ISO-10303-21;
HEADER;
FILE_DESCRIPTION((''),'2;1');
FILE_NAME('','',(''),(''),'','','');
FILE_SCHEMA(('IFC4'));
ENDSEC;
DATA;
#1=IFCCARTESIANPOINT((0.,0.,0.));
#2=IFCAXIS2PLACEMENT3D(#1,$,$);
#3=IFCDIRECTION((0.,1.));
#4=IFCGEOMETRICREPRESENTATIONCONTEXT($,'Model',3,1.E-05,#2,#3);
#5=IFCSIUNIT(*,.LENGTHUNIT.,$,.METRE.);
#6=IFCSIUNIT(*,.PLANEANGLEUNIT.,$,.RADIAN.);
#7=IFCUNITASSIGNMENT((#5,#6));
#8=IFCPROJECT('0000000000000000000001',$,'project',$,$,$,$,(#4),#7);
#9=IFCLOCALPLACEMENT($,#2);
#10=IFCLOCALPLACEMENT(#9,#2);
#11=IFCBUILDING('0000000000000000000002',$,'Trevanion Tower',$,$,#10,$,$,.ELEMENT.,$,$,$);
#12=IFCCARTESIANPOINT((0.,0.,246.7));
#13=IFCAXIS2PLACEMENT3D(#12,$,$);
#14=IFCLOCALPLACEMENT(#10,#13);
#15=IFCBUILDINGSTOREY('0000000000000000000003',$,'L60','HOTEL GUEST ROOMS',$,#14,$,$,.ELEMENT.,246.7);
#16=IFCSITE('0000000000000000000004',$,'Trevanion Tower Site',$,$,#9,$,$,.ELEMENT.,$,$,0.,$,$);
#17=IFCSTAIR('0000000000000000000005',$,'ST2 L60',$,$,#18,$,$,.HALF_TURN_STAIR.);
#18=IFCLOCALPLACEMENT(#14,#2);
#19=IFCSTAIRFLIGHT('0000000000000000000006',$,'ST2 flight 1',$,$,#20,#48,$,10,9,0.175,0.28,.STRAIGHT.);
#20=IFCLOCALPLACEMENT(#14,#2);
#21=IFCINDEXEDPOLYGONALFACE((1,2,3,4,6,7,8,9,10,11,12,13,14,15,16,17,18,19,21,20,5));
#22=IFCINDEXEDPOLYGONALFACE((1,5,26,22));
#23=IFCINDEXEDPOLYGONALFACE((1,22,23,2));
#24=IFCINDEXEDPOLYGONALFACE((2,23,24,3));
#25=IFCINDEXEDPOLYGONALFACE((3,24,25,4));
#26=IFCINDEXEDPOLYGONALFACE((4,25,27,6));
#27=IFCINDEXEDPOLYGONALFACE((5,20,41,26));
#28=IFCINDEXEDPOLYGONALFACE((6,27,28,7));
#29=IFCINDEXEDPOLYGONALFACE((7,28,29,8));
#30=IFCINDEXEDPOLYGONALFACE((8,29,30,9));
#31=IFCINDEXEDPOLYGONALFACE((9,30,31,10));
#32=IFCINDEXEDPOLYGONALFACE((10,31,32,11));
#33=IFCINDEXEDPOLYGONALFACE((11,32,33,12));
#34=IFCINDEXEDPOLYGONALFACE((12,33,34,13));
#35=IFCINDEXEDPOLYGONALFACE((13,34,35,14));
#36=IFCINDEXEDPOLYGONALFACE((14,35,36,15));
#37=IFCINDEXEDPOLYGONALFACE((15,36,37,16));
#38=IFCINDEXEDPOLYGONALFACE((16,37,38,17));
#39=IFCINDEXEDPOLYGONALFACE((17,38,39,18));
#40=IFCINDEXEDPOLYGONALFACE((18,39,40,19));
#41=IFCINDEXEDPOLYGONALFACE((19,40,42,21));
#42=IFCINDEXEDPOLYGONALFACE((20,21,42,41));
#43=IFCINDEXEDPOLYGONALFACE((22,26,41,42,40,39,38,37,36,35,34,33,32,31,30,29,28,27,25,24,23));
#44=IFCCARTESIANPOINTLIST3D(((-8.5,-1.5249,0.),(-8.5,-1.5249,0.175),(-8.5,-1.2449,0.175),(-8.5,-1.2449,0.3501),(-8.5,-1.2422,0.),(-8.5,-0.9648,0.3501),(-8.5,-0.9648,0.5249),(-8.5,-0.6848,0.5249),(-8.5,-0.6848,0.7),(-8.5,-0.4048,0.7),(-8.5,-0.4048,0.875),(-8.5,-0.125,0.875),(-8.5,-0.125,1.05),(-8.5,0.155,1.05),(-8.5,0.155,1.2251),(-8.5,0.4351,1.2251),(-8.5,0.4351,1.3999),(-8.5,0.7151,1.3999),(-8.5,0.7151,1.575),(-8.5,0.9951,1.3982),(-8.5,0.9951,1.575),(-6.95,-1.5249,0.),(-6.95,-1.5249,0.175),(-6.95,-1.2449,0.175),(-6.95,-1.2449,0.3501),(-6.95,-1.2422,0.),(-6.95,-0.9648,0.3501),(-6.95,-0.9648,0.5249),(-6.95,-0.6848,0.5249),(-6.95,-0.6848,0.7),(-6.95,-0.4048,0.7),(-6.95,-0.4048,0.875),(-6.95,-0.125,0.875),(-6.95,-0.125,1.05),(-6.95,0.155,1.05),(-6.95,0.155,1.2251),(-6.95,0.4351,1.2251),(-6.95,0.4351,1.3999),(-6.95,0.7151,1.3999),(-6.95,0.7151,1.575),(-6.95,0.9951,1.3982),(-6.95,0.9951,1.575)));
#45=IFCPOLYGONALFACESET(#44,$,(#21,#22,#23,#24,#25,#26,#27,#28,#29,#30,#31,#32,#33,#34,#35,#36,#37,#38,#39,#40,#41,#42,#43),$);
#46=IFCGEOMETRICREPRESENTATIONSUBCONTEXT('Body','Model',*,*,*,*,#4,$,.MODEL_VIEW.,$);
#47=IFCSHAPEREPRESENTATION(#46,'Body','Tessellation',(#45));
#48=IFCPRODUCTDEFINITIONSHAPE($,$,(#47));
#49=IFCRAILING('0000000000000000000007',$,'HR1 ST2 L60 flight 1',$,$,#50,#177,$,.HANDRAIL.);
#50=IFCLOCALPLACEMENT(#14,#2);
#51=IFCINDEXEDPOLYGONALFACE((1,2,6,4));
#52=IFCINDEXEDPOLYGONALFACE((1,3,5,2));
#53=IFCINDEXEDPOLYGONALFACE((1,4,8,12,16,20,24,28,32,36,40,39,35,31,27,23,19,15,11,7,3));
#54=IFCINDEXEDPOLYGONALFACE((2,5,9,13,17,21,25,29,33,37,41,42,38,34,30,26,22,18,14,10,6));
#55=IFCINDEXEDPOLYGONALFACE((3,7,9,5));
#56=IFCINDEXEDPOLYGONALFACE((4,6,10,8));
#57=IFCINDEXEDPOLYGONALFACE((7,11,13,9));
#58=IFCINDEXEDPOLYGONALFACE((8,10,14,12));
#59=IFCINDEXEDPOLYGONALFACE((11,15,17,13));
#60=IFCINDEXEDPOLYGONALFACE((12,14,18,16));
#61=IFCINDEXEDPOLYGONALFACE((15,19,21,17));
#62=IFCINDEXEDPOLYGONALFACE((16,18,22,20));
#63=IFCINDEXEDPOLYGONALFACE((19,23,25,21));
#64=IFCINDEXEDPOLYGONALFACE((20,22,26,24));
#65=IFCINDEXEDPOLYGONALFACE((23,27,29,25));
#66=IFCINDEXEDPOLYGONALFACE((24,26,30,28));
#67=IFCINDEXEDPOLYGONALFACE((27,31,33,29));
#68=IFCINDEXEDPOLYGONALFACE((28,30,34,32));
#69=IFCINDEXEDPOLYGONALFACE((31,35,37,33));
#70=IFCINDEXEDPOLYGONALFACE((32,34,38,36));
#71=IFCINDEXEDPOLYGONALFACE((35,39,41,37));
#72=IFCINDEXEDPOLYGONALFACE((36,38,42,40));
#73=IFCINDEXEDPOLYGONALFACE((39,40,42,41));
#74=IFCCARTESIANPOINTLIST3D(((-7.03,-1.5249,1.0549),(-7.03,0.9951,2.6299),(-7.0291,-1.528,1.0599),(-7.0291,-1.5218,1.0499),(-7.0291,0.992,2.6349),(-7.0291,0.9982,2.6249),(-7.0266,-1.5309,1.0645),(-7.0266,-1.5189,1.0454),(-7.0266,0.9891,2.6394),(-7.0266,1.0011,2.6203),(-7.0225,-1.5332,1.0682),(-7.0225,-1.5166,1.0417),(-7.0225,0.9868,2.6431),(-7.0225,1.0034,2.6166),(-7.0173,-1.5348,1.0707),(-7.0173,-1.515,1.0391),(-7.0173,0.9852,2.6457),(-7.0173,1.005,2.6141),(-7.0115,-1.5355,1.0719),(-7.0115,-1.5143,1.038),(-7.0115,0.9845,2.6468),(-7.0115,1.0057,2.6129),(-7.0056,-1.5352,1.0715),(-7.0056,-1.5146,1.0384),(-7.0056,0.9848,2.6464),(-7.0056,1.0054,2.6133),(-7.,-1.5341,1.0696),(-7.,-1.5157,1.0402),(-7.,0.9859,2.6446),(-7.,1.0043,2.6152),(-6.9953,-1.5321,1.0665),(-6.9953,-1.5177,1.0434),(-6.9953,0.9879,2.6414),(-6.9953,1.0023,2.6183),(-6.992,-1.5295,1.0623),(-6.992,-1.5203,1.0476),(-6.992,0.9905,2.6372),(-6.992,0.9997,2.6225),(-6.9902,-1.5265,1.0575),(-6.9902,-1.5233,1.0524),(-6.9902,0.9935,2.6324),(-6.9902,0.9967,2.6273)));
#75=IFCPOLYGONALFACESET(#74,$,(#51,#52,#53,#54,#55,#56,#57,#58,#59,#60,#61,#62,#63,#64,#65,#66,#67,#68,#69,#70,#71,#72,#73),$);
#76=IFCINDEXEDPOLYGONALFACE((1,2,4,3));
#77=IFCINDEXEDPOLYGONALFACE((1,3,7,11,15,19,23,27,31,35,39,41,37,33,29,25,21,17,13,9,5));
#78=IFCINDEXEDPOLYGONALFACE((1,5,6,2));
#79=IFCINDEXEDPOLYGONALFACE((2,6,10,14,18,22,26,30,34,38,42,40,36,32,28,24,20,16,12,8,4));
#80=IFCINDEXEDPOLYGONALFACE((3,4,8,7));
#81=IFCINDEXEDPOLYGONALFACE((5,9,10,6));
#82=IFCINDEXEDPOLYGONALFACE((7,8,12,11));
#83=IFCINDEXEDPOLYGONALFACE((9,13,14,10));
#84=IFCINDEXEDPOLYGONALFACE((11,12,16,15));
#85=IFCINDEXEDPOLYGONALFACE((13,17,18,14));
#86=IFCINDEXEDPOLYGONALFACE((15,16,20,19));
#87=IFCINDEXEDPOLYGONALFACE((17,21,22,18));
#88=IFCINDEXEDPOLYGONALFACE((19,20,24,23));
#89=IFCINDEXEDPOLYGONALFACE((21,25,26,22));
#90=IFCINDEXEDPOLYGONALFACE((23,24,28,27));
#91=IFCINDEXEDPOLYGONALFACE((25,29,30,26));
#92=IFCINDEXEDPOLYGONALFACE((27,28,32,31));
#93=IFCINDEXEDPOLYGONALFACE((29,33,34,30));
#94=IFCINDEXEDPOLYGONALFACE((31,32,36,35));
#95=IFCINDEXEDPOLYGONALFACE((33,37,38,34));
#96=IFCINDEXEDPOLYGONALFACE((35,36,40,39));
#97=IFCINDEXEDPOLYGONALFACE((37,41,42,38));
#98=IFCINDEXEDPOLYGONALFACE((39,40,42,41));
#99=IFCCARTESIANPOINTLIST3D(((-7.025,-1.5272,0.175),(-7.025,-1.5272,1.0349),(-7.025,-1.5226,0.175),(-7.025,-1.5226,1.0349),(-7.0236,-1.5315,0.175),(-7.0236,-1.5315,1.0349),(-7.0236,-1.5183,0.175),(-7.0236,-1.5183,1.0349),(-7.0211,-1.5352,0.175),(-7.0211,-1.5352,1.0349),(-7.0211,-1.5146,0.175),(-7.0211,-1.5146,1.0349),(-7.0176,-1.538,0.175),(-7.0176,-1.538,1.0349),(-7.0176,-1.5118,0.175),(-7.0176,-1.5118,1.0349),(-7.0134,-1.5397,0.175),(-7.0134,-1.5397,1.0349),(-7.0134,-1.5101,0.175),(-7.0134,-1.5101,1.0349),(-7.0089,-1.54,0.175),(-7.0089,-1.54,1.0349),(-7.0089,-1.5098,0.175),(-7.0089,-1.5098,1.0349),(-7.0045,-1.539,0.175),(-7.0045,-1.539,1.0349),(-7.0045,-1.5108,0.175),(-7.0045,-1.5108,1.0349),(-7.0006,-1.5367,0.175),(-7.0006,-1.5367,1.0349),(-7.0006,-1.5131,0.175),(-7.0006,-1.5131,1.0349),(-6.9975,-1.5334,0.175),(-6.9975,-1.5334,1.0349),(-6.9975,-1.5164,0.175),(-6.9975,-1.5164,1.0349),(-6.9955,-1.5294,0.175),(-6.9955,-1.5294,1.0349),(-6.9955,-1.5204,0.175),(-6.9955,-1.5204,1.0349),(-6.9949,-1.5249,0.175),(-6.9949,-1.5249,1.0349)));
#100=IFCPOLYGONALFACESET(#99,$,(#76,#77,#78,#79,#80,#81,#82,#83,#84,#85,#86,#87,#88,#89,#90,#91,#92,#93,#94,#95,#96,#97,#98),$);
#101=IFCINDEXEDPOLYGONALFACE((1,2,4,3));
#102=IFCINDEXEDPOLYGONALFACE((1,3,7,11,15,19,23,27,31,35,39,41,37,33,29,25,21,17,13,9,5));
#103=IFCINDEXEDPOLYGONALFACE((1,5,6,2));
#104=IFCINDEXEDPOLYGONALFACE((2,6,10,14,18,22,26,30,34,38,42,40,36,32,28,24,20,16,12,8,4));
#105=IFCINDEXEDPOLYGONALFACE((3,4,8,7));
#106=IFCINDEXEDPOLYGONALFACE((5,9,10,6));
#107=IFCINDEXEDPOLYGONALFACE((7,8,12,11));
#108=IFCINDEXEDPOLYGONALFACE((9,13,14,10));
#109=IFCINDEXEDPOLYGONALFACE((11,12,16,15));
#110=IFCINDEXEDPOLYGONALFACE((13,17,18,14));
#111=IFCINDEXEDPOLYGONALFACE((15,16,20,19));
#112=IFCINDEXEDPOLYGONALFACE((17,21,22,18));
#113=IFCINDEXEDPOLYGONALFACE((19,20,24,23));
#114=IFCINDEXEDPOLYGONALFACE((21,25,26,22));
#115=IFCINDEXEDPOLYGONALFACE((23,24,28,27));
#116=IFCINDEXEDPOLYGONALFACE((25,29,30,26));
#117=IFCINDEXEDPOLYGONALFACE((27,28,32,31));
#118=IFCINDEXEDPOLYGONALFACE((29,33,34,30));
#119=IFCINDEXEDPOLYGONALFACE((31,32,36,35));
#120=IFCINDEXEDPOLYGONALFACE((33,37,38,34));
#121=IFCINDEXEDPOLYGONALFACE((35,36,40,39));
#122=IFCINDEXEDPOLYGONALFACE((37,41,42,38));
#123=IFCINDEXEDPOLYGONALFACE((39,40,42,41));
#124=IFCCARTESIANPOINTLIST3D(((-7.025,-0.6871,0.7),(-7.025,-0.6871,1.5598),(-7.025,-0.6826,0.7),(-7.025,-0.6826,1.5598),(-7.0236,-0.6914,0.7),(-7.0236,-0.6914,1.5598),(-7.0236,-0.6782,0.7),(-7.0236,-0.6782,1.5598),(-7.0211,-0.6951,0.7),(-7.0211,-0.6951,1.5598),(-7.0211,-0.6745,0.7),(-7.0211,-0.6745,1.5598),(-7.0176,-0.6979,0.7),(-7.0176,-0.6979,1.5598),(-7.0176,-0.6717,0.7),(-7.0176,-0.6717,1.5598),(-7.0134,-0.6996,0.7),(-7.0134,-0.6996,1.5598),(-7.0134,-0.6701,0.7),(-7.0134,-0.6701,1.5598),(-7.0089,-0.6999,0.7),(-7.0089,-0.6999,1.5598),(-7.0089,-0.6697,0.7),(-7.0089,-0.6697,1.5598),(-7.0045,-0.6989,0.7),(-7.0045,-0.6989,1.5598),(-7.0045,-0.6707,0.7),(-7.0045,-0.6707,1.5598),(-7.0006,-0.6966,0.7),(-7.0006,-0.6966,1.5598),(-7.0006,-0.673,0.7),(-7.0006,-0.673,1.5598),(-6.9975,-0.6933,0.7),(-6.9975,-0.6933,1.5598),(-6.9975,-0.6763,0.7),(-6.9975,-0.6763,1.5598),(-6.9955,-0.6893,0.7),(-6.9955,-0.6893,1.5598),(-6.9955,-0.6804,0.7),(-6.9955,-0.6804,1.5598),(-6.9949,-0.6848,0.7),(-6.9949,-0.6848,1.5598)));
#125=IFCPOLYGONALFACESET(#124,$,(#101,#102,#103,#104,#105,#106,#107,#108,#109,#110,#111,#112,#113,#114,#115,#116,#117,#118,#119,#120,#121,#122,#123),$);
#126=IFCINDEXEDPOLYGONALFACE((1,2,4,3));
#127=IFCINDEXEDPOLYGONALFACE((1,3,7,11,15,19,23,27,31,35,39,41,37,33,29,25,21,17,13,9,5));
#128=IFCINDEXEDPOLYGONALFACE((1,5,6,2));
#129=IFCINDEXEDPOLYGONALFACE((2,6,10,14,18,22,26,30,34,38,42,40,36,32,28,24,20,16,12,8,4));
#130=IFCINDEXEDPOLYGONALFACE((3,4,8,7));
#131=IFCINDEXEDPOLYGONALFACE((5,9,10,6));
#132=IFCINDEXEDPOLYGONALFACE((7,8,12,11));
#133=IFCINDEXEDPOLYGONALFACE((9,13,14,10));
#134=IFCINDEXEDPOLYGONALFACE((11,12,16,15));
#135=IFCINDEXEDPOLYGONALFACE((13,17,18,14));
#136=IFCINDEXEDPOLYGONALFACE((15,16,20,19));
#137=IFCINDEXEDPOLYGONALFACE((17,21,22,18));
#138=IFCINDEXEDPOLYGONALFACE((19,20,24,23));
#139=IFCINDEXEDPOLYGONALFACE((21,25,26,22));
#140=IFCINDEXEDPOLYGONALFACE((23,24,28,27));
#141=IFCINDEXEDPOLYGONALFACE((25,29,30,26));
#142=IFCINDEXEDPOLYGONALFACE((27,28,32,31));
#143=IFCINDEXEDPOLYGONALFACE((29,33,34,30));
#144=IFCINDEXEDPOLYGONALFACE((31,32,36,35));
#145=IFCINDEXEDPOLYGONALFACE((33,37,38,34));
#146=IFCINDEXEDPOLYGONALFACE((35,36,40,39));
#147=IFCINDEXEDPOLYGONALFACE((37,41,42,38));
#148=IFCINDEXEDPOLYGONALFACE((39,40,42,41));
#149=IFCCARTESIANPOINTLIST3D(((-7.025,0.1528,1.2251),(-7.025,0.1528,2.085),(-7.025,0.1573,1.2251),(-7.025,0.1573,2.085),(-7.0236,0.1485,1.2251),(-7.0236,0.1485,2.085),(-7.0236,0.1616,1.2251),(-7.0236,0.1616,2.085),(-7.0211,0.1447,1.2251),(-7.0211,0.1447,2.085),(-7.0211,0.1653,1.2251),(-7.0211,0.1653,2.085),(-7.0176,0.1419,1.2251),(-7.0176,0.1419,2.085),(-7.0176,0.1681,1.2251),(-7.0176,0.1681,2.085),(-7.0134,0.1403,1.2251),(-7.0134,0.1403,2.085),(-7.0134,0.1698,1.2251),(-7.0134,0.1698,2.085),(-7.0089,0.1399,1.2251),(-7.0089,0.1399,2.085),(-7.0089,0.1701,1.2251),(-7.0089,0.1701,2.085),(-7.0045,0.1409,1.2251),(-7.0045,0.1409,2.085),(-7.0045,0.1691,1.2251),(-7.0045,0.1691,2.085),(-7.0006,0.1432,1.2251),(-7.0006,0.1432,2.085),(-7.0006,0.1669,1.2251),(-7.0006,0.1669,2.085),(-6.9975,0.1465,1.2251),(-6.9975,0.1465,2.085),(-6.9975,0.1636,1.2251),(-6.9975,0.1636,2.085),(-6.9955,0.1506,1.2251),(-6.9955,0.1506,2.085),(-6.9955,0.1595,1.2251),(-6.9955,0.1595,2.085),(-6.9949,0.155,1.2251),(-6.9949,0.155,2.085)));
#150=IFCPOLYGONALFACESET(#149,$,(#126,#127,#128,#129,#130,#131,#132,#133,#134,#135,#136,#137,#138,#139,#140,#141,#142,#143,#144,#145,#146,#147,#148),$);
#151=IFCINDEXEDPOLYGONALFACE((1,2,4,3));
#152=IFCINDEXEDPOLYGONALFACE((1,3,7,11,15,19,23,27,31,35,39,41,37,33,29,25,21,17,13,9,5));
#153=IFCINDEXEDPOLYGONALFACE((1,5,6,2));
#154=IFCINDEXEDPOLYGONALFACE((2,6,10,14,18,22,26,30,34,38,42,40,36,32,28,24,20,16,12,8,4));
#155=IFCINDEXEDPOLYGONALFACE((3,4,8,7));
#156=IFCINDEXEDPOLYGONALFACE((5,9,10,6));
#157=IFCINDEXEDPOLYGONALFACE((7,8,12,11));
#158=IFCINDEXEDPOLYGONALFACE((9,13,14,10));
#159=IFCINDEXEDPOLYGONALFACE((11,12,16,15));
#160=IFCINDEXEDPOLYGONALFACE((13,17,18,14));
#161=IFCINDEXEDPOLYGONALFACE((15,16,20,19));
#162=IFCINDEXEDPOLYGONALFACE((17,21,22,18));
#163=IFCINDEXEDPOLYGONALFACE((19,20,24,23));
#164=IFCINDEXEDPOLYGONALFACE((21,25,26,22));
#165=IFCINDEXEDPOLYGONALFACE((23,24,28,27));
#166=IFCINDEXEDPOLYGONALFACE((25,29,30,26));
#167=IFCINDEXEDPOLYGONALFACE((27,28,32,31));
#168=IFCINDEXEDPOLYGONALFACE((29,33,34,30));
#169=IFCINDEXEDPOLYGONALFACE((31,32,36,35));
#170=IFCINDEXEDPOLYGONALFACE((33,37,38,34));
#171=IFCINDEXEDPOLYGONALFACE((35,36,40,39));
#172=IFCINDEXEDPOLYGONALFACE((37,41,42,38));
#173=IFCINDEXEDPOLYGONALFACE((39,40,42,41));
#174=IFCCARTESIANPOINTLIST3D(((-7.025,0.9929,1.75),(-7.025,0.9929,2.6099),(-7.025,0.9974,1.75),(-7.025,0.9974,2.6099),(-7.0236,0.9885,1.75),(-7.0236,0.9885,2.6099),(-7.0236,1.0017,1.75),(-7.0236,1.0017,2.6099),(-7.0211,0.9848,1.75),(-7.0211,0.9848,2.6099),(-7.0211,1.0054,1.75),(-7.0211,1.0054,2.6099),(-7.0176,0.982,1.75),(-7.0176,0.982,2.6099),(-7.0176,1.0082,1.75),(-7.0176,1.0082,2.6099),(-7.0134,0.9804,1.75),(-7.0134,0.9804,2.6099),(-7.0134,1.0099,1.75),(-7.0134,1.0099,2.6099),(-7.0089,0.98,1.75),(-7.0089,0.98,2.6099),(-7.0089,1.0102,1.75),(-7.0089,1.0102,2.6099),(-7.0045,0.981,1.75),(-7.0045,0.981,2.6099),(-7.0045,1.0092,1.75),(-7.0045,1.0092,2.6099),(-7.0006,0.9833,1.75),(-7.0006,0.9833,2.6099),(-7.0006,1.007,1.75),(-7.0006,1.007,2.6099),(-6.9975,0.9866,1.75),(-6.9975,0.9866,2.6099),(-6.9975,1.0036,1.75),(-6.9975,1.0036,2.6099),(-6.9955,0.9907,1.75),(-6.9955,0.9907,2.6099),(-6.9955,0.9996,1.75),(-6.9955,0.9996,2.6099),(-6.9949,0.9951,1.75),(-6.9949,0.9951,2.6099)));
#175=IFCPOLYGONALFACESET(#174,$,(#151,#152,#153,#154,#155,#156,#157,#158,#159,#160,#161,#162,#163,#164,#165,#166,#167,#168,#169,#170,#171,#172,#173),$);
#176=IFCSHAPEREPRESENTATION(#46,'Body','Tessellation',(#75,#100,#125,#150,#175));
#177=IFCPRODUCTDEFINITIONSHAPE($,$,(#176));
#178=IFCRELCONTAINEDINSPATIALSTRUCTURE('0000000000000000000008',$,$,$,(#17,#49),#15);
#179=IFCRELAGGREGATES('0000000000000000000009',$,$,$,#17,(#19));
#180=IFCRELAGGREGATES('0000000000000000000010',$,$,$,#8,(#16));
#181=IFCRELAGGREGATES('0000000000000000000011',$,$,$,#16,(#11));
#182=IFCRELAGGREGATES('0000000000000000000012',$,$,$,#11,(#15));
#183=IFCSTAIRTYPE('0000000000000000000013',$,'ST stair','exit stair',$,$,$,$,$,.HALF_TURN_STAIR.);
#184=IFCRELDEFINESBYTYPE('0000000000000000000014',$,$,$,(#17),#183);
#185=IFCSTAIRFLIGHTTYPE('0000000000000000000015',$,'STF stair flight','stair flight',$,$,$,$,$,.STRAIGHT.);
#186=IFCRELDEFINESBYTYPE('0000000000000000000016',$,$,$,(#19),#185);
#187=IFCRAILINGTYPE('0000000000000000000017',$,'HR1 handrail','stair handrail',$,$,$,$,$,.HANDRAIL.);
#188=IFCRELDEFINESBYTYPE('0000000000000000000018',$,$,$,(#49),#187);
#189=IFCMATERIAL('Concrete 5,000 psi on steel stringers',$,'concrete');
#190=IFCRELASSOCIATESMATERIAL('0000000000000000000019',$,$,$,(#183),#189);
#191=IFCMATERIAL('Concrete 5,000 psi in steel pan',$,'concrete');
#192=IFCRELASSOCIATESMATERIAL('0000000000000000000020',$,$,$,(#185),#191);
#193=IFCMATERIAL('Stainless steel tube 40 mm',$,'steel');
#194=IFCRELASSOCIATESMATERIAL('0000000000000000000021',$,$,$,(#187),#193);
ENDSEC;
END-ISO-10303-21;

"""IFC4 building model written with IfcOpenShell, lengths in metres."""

from ifc_helpers import new_model, si_unit, direction, frame, origin, origin_2d, place, context, subcontext, project, spatial, polyline, circle, outline, extrude, material, type_object, element, aggregate, save


model = new_model("IFC4")

# Units and contexts
model_context = context("Model", 3, precision=1e-05, world=origin(), true_north=direction((0.0, 1.0)))
body_context = subcontext(model_context, "Body", "Model", "MODEL_VIEW")
ifc_project = project(units=[si_unit("LENGTHUNIT", "METRE"), si_unit("PLANEANGLEUNIT", "RADIAN")], contexts=[model_context])

# Site, building, storey
site_placement = place(None, origin())
site = spatial("IfcSite", under=ifc_project, at=site_placement, Name="Trevanion Tower Site", CompositionType="ELEMENT", RefElevation=0.0)
building_placement = place(site_placement, origin())
building = spatial("IfcBuilding", under=site, at=building_placement, Name="Trevanion Tower", CompositionType="ELEMENT")
storey_placement = place(building_placement, frame((0.0, 0.0, 246.7)))
storey = spatial("IfcBuildingStorey", under=building, at=storey_placement, Name="L60", Description="HOTEL GUEST ROOMS", CompositionType="ELEMENT", Elevation=246.7)

# Stair, stair flight
ifc_material_1 = material(Name="Concrete 5,000 psi on steel stringers", Category="concrete")
stair_type = type_object("IfcStairType", Name="ST stair", Description="exit stair", PredefinedType="HALF_TURN_STAIR", material=ifc_material_1)
stair_placement = place(storey_placement, origin())
stair = element("IfcStair", 1, at=stair_placement, inside=storey, type_object=stair_type, Name="ST2 L60", PredefinedType="HALF_TURN_STAIR")
ifc_material_2 = material(Name="Concrete 5,000 psi in steel pan", Category="concrete")
stair_flight_type = type_object("IfcStairFlightType", Name="STF stair flight", Description="stair flight", PredefinedType="STRAIGHT", material=ifc_material_2)
stair_flight_placement = place(storey_placement, frame((-7.7251, -1.5249, 0.0), z_axis=(0.0, 0.0, 1.0), x_axis=(0.0, 1.0, 0.0)))
stair_flight = element("IfcStairFlight", 2, at=stair_flight_placement, type_object=stair_flight_type, Name="ST2 flight 1", NumberOfRisers=10, NumberOfTreads=9, PredefinedType="STRAIGHT", RiserHeight=0.175, TreadLength=0.28, context=body_context, shape_type="SweptSolid", body=[
    extrude(outline(polyline([(0.0, 0.0), (0.0, 0.175), (0.28, 0.175), (0.28, 0.3501), (0.5601, 0.3501), (0.5601, 0.5249), (0.8401, 0.5249), (0.8401, 0.7), (1.1201, 0.7), (1.1201, 0.875), (1.3999, 0.875), (1.3999, 1.05), (1.6799, 1.05), (1.6799, 1.2251), (1.96, 1.2251), (1.96, 1.3999), (2.24, 1.3999), (2.24, 1.575), (2.52, 1.575), (2.52, 1.75), (2.52, 1.3982), (0.2827, 0.0), (0.0, 0.0)])), frame((0.0, 0.7749, 0.0), z_axis=(0.0, -1.0, 0.0), x_axis=(1.0, 0.0, 0.0)), (0.0, 0.0, 1.0), 1.55),
])
aggregate(stair, [stair_flight])

# Railing
ifc_material_3 = material(Name="Stainless steel tube 40 mm", Category="steel")
railing_type = type_object("IfcRailingType", Name="HR1 handrail", Description="stair handrail", PredefinedType="HANDRAIL", material=ifc_material_3)
for number, where, name in (
    (3, (-7.01, -1.5249, 0.175), "HR1 ST2 L60 flight 1"),
):
    element("IfcRailing", number, at=place(storey_placement, frame(where)), inside=storey, type_object=railing_type, Name=name, PredefinedType="HANDRAIL", context=body_context, shape_type="SweptSolid", body=[
        extrude(circle(Radius=0.02, at=origin_2d()), frame((0.0, 0.0, 0.8799), z_axis=(0.0, 0.848008, 0.529984), x_axis=(-1.0, 0.0, 0.0)), (0.0, 0.0, 1.0), 2.9717),
        extrude(circle(Radius=0.0151, at=origin_2d()), origin(), (0.0, 0.0, 1.0), 0.8599),
        extrude(circle(Radius=0.0151, at=origin_2d()), frame((0.0, 0.8401, 0.5249)), (0.0, 0.0, 1.0), 0.8599),
        extrude(circle(Radius=0.0151, at=origin_2d()), frame((0.0, 1.6799, 1.05)), (0.0, 0.0, 1.0), 0.8599),
        extrude(circle(Radius=0.0151, at=origin_2d()), frame((0.0, 2.52, 1.575)), (0.0, 0.0, 1.0), 0.8599),
    ])

save(model, "model.ifc")
